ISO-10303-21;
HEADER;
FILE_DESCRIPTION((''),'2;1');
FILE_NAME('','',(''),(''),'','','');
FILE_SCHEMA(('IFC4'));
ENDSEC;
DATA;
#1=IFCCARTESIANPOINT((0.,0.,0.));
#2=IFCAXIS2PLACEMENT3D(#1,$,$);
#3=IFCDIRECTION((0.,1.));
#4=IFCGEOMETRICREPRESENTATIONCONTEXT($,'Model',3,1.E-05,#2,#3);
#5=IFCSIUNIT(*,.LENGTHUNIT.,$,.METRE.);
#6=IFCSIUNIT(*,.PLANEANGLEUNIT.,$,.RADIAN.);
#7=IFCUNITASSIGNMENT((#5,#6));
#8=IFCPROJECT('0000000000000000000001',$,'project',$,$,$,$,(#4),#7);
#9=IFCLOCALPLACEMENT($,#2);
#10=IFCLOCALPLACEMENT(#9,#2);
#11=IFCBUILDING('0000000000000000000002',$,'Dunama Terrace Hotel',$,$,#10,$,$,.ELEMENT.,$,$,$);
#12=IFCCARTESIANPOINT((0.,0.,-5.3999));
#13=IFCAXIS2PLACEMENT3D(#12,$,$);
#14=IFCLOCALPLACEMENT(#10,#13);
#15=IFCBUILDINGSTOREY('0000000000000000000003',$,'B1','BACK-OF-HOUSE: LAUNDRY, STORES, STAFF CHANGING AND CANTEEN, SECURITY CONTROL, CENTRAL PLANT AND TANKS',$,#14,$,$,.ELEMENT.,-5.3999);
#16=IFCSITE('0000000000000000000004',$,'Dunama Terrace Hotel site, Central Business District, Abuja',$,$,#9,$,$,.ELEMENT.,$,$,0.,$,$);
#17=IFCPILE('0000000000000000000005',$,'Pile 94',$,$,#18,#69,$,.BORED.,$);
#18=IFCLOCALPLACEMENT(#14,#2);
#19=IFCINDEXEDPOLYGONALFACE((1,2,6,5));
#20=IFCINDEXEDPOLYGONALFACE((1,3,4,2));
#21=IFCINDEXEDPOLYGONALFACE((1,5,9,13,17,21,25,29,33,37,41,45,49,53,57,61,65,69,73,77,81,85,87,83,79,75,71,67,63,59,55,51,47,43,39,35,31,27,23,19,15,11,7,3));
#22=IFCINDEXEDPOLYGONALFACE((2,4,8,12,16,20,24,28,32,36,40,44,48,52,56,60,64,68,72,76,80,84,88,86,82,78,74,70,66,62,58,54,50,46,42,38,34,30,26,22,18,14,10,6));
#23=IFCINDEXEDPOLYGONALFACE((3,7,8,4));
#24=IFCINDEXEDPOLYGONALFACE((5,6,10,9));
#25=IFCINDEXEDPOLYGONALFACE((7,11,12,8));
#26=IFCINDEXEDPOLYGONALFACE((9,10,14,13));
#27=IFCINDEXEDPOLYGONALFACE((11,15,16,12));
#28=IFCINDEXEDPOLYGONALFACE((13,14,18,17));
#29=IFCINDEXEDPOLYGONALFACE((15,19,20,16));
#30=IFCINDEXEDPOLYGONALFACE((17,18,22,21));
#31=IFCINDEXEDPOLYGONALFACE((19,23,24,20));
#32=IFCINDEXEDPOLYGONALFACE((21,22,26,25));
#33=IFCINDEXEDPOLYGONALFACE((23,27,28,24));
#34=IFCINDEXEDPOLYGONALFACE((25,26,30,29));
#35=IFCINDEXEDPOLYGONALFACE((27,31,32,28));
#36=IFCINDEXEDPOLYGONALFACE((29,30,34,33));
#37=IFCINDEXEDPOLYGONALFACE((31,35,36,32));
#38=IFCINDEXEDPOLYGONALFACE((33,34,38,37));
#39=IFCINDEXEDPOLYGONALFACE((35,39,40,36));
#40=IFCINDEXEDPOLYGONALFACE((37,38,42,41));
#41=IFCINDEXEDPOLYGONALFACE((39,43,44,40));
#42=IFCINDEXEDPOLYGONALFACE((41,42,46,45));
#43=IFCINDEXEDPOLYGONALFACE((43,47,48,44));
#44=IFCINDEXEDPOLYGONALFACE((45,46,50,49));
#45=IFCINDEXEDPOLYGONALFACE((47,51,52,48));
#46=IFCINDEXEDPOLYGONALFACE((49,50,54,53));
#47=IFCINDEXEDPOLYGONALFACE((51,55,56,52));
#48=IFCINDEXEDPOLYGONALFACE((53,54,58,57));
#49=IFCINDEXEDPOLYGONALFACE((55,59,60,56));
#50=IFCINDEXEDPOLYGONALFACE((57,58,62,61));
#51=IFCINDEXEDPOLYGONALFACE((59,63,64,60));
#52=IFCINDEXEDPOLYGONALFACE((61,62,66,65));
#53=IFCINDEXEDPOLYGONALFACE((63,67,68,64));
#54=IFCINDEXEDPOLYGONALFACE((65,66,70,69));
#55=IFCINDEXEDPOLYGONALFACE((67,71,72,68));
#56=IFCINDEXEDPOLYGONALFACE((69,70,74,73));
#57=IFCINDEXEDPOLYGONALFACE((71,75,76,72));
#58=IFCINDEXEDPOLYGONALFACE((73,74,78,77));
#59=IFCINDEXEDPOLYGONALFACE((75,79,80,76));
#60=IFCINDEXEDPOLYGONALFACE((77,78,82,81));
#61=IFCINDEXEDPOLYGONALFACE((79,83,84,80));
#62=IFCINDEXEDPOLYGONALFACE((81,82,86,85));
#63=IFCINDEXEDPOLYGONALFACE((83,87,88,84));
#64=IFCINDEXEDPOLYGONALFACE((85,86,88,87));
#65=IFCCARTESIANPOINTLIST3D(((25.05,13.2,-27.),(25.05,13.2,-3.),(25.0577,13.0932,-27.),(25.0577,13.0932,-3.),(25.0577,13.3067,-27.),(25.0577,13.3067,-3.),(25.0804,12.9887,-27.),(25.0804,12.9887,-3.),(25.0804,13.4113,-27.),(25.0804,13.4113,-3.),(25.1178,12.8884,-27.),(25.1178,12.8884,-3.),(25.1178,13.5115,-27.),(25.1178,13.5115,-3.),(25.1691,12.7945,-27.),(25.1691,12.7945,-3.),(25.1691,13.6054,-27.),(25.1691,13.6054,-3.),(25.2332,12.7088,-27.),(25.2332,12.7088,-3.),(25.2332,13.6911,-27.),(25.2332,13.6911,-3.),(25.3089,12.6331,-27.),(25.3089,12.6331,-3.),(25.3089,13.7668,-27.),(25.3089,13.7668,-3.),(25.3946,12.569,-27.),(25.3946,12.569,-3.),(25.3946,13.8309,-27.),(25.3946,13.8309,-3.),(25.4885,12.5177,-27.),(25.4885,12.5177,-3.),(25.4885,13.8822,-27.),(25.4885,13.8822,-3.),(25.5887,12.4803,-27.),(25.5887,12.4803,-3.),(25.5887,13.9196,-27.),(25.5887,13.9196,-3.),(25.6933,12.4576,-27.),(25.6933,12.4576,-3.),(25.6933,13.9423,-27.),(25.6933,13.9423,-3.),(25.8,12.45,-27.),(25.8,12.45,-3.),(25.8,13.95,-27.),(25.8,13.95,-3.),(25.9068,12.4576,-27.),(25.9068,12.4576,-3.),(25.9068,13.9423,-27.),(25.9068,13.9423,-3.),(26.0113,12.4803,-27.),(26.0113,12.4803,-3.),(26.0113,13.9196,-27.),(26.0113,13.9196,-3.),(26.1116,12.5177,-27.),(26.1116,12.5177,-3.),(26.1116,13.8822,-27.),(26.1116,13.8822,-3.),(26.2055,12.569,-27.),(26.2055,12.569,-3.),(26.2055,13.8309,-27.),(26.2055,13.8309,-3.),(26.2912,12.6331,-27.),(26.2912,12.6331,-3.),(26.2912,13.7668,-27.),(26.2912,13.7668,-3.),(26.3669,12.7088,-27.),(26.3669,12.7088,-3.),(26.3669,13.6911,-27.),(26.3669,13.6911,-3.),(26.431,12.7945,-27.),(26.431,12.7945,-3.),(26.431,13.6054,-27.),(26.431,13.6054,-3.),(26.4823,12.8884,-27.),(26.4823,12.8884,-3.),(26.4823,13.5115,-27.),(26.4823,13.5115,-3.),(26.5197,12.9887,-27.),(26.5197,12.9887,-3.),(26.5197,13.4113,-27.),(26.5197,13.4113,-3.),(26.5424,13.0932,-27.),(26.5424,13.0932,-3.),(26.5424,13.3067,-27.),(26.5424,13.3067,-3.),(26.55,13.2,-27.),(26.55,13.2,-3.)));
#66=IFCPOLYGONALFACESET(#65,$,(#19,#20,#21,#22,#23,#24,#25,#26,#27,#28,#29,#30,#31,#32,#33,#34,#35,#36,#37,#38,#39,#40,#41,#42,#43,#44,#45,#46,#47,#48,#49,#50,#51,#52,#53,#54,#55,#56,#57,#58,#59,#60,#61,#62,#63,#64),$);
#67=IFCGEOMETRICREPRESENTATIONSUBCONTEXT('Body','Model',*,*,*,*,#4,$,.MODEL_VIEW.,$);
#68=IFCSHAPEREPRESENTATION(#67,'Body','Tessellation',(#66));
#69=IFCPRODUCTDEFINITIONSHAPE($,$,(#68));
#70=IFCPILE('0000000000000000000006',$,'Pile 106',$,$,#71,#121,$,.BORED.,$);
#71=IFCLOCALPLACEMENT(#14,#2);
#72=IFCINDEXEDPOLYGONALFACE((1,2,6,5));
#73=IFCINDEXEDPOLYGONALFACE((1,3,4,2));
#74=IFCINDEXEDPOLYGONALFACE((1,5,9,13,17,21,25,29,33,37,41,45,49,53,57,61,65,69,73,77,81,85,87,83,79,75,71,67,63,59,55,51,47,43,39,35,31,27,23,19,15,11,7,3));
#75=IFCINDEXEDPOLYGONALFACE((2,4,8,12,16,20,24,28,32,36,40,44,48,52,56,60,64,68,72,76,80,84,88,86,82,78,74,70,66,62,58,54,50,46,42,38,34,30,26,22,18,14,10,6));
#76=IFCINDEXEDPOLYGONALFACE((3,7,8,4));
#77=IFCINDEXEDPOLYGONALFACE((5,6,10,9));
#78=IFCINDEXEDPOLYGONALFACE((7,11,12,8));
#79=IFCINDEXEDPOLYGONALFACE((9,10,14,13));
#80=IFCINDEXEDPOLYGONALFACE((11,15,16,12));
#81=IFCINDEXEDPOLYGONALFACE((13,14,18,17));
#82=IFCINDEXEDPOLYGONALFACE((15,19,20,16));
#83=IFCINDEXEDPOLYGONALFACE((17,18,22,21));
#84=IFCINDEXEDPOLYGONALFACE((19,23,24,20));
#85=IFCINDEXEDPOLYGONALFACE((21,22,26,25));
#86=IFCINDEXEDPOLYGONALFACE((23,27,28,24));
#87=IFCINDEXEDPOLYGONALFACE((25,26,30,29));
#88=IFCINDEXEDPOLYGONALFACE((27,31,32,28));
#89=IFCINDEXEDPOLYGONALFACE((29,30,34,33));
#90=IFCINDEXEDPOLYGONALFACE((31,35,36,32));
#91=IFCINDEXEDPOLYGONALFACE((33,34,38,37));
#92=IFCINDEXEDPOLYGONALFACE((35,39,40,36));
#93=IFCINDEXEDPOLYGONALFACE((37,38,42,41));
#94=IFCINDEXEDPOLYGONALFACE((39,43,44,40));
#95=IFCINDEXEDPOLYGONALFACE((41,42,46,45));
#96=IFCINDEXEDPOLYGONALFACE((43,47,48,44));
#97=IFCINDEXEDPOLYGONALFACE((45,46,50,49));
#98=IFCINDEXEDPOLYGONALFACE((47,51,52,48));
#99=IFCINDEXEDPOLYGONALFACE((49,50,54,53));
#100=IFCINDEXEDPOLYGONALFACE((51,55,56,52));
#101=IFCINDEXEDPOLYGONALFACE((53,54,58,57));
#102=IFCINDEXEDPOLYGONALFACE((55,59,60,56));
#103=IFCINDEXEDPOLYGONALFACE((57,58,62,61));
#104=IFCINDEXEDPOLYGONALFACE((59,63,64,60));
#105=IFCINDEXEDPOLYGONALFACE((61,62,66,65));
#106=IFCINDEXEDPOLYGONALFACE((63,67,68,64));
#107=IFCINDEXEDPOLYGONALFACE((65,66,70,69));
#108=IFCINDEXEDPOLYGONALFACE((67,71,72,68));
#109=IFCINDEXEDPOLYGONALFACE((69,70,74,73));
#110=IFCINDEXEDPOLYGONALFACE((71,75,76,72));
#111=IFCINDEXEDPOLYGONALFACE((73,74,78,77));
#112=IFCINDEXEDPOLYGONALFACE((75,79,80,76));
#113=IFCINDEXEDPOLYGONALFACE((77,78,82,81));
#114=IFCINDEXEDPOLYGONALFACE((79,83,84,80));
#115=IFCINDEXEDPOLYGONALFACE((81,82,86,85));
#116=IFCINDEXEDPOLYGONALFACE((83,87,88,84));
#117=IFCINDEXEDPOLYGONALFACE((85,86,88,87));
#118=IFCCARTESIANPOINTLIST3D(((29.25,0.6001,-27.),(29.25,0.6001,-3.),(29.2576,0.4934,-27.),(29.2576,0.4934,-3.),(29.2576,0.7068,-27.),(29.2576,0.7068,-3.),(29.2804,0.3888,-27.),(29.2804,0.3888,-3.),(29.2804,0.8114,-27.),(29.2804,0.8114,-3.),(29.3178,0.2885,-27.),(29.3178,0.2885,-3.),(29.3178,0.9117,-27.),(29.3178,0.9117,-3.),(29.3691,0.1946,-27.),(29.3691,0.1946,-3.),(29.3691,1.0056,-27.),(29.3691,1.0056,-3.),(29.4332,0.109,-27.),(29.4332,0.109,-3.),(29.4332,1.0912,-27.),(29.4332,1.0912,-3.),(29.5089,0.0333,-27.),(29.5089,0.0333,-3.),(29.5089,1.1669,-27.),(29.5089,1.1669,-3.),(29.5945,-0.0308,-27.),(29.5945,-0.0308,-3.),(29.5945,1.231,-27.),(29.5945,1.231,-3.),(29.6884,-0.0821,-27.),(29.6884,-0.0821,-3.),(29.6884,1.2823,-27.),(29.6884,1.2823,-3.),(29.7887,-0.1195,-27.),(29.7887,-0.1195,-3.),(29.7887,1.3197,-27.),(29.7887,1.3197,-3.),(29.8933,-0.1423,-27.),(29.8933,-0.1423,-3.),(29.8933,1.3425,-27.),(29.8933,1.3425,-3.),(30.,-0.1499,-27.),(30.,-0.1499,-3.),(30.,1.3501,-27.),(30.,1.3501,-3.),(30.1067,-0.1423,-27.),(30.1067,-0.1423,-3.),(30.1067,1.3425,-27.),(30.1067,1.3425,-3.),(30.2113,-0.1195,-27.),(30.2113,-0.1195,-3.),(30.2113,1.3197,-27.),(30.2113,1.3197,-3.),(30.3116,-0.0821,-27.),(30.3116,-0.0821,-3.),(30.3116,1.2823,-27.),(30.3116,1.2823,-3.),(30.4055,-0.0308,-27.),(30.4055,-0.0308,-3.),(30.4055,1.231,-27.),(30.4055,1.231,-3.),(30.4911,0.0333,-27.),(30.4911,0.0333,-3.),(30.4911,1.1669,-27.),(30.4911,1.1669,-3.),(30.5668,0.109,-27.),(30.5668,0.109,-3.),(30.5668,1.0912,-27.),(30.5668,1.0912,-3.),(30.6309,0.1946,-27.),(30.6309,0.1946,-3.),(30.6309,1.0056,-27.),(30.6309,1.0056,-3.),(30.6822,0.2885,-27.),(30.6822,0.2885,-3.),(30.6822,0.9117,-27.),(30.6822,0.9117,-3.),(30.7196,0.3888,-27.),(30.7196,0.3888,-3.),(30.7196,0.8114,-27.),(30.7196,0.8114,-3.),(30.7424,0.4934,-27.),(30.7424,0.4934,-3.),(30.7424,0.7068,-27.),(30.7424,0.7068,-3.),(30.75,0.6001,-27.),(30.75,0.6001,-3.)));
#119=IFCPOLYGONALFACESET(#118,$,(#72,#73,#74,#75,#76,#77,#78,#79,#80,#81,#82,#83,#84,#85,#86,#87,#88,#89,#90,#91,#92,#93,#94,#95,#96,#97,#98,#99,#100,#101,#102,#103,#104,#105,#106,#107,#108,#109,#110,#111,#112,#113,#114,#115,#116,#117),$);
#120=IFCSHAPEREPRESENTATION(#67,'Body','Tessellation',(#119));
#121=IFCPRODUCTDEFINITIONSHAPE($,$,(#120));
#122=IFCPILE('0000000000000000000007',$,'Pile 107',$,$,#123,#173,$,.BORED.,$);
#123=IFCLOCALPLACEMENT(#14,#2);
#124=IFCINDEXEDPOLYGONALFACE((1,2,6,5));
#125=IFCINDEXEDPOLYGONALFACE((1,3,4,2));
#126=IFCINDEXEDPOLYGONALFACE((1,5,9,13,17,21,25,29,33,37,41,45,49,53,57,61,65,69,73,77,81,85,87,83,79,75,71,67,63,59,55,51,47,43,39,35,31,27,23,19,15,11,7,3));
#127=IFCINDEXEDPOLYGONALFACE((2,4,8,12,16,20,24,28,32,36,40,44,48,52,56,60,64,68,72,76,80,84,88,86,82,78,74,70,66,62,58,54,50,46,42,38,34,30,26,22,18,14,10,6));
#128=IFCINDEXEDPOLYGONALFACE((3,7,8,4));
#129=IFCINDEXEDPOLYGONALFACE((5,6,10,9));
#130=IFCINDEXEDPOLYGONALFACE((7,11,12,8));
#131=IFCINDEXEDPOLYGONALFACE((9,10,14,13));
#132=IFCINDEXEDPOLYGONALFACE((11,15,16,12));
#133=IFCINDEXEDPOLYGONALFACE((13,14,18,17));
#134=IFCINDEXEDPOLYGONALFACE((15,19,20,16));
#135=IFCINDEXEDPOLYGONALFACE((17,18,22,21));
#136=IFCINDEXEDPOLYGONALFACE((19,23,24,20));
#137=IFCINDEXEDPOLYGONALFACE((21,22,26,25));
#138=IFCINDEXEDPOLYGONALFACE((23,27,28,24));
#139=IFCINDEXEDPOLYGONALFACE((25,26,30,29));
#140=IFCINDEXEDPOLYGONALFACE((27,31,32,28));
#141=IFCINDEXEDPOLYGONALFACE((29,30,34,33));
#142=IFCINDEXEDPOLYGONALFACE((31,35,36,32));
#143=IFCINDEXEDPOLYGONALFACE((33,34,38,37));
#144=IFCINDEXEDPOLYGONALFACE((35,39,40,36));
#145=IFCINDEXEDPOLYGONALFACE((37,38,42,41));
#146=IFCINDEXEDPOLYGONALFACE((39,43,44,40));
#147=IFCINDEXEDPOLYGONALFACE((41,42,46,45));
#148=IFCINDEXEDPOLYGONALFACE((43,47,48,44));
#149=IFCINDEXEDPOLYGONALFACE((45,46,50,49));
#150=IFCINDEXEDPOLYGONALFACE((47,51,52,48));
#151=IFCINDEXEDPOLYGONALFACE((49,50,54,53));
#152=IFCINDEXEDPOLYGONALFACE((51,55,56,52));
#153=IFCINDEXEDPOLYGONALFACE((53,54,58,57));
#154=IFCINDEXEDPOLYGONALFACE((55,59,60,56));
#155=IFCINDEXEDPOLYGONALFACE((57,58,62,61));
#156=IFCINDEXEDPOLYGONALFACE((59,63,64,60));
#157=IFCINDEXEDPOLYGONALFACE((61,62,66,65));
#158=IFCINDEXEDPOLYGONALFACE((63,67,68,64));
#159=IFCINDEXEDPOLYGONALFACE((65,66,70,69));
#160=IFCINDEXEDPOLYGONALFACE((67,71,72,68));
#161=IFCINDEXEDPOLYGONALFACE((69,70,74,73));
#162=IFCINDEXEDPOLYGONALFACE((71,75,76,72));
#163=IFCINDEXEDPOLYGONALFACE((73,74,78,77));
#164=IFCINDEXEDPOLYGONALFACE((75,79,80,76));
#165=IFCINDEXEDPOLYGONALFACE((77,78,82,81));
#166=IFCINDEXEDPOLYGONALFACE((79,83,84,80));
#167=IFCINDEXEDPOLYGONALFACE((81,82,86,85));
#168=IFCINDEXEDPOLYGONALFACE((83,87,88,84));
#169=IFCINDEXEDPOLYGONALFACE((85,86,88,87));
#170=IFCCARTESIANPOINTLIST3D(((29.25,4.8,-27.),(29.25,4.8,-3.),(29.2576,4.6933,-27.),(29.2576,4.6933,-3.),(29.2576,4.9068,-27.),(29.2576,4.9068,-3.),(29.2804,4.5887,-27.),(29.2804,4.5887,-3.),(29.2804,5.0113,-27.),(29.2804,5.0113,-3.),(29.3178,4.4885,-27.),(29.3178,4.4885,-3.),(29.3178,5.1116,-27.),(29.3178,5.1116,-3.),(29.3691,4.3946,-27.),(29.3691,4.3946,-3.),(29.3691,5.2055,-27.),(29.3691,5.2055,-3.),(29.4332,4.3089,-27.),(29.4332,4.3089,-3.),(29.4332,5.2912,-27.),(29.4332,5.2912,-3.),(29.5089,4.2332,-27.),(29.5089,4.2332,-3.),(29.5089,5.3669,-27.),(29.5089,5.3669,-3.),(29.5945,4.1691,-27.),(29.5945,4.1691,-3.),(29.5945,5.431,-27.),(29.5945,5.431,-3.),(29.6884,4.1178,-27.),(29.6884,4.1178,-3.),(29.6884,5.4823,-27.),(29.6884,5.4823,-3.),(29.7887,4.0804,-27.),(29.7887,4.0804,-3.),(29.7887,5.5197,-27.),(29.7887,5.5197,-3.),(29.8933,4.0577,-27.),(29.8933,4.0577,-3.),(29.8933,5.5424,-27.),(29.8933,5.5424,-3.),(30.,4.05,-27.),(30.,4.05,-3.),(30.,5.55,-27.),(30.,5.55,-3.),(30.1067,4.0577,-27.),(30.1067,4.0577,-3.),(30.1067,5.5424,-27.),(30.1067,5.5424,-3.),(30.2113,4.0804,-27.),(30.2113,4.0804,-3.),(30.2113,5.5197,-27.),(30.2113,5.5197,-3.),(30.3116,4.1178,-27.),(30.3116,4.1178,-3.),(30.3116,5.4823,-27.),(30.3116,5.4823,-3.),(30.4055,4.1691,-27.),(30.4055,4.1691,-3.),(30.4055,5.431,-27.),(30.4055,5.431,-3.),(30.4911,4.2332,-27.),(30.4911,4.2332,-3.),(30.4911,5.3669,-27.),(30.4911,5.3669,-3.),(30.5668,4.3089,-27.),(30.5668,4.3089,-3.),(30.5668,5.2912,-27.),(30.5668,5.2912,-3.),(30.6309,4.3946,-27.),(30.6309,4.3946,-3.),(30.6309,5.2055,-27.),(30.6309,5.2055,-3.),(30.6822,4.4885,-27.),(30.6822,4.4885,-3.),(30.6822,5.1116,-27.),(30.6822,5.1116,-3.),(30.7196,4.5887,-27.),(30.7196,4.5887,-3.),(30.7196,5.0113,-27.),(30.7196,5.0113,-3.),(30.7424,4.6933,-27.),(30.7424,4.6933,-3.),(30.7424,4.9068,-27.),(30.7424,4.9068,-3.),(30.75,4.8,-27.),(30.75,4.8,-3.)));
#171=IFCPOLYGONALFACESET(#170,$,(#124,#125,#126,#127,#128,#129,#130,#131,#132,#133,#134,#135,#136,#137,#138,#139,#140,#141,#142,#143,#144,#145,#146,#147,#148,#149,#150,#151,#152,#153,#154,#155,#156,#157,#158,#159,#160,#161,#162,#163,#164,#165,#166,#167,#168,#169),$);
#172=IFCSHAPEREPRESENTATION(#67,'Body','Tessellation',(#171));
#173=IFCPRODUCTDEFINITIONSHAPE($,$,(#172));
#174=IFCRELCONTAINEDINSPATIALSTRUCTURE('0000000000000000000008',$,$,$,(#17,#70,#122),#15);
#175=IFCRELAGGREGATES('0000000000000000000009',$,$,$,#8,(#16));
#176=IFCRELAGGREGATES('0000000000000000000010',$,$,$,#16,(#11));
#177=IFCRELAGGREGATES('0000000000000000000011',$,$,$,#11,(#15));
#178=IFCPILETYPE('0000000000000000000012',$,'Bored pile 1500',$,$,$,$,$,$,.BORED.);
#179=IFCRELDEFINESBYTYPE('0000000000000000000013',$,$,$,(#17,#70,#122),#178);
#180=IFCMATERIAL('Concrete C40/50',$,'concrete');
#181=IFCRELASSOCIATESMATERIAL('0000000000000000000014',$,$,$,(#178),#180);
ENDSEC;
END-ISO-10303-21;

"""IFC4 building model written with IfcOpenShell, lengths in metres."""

from ifc_helpers import new_model, si_unit, direction, frame, origin, origin_2d, place, context, subcontext, project, spatial, circle, extrude, material, material_profile, profile_set, type_object, element, save


model = new_model("IFC4")

# Units and contexts
model_context = context("Model", 3, precision=1e-05, world=origin(), true_north=direction((0.0, 1.0)))
body_context = subcontext(model_context, "Body", "Model", "MODEL_VIEW")
ifc_project = project(units=[si_unit("LENGTHUNIT", "METRE"), si_unit("PLANEANGLEUNIT", "RADIAN")], contexts=[model_context])

# Site, building, storey
site_placement = place(None, origin())
site = spatial("IfcSite", under=ifc_project, at=site_placement, Name="Dunama Terrace Hotel site, Central Business District, Abuja", CompositionType="ELEMENT", RefElevation=0.0)
building_placement = place(site_placement, origin())
building = spatial("IfcBuilding", under=site, at=building_placement, Name="Dunama Terrace Hotel", CompositionType="ELEMENT")
storey_placement = place(building_placement, frame((0.0, 0.0, -5.3999)))
storey = spatial("IfcBuildingStorey", under=building, at=storey_placement, Name="B1", Description="BACK-OF-HOUSE: LAUNDRY, STORES, STAFF CHANGING AND CANTEEN, SECURITY CONTROL, CENTRAL PLANT AND TANKS", CompositionType="ELEMENT", Elevation=-5.3999)

# Piles
ifc_material_1 = material(Name="Concrete C40/50", Category="concrete")
ifc_material_profile_1 = material_profile(ifc_material_1, circle(Radius=0.75, at=origin_2d()), Name="PILE D1500")
ifc_profile_set_1 = profile_set([ifc_material_profile_1], Name="Concrete C40/50")
pile_type = type_object("IfcPileType", Name="Bored pile 1500", PredefinedType="BORED", material=ifc_profile_set_1)
for number, where, z_axis, x_axis, name in (
    (1, (25.8, 13.2, -3.0), (0.0, 0.0, -1.0), (1.0, 0.0, 0.0), "Pile 94"),
    (2, (30.0, 0.6001, -3.0), (0.0, 0.0, -1.0), (1.0, 0.0, 0.0), "Pile 106"),
    (3, (30.0, 4.8, -3.0), (0.0, 0.0, -1.0), (1.0, 0.0, 0.0), "Pile 107"),
):
    element("IfcPile", number, at=place(storey_placement, frame(where, z_axis=z_axis, x_axis=x_axis)), inside=storey, type_object=pile_type, Name=name, PredefinedType="BORED", context=body_context, shape_type="SweptSolid", body=[
        extrude(circle(Radius=0.75, at=origin_2d()), origin(), (0.0, 0.0, 1.0), 24.0),
    ])

save(model, "model.ifc")
